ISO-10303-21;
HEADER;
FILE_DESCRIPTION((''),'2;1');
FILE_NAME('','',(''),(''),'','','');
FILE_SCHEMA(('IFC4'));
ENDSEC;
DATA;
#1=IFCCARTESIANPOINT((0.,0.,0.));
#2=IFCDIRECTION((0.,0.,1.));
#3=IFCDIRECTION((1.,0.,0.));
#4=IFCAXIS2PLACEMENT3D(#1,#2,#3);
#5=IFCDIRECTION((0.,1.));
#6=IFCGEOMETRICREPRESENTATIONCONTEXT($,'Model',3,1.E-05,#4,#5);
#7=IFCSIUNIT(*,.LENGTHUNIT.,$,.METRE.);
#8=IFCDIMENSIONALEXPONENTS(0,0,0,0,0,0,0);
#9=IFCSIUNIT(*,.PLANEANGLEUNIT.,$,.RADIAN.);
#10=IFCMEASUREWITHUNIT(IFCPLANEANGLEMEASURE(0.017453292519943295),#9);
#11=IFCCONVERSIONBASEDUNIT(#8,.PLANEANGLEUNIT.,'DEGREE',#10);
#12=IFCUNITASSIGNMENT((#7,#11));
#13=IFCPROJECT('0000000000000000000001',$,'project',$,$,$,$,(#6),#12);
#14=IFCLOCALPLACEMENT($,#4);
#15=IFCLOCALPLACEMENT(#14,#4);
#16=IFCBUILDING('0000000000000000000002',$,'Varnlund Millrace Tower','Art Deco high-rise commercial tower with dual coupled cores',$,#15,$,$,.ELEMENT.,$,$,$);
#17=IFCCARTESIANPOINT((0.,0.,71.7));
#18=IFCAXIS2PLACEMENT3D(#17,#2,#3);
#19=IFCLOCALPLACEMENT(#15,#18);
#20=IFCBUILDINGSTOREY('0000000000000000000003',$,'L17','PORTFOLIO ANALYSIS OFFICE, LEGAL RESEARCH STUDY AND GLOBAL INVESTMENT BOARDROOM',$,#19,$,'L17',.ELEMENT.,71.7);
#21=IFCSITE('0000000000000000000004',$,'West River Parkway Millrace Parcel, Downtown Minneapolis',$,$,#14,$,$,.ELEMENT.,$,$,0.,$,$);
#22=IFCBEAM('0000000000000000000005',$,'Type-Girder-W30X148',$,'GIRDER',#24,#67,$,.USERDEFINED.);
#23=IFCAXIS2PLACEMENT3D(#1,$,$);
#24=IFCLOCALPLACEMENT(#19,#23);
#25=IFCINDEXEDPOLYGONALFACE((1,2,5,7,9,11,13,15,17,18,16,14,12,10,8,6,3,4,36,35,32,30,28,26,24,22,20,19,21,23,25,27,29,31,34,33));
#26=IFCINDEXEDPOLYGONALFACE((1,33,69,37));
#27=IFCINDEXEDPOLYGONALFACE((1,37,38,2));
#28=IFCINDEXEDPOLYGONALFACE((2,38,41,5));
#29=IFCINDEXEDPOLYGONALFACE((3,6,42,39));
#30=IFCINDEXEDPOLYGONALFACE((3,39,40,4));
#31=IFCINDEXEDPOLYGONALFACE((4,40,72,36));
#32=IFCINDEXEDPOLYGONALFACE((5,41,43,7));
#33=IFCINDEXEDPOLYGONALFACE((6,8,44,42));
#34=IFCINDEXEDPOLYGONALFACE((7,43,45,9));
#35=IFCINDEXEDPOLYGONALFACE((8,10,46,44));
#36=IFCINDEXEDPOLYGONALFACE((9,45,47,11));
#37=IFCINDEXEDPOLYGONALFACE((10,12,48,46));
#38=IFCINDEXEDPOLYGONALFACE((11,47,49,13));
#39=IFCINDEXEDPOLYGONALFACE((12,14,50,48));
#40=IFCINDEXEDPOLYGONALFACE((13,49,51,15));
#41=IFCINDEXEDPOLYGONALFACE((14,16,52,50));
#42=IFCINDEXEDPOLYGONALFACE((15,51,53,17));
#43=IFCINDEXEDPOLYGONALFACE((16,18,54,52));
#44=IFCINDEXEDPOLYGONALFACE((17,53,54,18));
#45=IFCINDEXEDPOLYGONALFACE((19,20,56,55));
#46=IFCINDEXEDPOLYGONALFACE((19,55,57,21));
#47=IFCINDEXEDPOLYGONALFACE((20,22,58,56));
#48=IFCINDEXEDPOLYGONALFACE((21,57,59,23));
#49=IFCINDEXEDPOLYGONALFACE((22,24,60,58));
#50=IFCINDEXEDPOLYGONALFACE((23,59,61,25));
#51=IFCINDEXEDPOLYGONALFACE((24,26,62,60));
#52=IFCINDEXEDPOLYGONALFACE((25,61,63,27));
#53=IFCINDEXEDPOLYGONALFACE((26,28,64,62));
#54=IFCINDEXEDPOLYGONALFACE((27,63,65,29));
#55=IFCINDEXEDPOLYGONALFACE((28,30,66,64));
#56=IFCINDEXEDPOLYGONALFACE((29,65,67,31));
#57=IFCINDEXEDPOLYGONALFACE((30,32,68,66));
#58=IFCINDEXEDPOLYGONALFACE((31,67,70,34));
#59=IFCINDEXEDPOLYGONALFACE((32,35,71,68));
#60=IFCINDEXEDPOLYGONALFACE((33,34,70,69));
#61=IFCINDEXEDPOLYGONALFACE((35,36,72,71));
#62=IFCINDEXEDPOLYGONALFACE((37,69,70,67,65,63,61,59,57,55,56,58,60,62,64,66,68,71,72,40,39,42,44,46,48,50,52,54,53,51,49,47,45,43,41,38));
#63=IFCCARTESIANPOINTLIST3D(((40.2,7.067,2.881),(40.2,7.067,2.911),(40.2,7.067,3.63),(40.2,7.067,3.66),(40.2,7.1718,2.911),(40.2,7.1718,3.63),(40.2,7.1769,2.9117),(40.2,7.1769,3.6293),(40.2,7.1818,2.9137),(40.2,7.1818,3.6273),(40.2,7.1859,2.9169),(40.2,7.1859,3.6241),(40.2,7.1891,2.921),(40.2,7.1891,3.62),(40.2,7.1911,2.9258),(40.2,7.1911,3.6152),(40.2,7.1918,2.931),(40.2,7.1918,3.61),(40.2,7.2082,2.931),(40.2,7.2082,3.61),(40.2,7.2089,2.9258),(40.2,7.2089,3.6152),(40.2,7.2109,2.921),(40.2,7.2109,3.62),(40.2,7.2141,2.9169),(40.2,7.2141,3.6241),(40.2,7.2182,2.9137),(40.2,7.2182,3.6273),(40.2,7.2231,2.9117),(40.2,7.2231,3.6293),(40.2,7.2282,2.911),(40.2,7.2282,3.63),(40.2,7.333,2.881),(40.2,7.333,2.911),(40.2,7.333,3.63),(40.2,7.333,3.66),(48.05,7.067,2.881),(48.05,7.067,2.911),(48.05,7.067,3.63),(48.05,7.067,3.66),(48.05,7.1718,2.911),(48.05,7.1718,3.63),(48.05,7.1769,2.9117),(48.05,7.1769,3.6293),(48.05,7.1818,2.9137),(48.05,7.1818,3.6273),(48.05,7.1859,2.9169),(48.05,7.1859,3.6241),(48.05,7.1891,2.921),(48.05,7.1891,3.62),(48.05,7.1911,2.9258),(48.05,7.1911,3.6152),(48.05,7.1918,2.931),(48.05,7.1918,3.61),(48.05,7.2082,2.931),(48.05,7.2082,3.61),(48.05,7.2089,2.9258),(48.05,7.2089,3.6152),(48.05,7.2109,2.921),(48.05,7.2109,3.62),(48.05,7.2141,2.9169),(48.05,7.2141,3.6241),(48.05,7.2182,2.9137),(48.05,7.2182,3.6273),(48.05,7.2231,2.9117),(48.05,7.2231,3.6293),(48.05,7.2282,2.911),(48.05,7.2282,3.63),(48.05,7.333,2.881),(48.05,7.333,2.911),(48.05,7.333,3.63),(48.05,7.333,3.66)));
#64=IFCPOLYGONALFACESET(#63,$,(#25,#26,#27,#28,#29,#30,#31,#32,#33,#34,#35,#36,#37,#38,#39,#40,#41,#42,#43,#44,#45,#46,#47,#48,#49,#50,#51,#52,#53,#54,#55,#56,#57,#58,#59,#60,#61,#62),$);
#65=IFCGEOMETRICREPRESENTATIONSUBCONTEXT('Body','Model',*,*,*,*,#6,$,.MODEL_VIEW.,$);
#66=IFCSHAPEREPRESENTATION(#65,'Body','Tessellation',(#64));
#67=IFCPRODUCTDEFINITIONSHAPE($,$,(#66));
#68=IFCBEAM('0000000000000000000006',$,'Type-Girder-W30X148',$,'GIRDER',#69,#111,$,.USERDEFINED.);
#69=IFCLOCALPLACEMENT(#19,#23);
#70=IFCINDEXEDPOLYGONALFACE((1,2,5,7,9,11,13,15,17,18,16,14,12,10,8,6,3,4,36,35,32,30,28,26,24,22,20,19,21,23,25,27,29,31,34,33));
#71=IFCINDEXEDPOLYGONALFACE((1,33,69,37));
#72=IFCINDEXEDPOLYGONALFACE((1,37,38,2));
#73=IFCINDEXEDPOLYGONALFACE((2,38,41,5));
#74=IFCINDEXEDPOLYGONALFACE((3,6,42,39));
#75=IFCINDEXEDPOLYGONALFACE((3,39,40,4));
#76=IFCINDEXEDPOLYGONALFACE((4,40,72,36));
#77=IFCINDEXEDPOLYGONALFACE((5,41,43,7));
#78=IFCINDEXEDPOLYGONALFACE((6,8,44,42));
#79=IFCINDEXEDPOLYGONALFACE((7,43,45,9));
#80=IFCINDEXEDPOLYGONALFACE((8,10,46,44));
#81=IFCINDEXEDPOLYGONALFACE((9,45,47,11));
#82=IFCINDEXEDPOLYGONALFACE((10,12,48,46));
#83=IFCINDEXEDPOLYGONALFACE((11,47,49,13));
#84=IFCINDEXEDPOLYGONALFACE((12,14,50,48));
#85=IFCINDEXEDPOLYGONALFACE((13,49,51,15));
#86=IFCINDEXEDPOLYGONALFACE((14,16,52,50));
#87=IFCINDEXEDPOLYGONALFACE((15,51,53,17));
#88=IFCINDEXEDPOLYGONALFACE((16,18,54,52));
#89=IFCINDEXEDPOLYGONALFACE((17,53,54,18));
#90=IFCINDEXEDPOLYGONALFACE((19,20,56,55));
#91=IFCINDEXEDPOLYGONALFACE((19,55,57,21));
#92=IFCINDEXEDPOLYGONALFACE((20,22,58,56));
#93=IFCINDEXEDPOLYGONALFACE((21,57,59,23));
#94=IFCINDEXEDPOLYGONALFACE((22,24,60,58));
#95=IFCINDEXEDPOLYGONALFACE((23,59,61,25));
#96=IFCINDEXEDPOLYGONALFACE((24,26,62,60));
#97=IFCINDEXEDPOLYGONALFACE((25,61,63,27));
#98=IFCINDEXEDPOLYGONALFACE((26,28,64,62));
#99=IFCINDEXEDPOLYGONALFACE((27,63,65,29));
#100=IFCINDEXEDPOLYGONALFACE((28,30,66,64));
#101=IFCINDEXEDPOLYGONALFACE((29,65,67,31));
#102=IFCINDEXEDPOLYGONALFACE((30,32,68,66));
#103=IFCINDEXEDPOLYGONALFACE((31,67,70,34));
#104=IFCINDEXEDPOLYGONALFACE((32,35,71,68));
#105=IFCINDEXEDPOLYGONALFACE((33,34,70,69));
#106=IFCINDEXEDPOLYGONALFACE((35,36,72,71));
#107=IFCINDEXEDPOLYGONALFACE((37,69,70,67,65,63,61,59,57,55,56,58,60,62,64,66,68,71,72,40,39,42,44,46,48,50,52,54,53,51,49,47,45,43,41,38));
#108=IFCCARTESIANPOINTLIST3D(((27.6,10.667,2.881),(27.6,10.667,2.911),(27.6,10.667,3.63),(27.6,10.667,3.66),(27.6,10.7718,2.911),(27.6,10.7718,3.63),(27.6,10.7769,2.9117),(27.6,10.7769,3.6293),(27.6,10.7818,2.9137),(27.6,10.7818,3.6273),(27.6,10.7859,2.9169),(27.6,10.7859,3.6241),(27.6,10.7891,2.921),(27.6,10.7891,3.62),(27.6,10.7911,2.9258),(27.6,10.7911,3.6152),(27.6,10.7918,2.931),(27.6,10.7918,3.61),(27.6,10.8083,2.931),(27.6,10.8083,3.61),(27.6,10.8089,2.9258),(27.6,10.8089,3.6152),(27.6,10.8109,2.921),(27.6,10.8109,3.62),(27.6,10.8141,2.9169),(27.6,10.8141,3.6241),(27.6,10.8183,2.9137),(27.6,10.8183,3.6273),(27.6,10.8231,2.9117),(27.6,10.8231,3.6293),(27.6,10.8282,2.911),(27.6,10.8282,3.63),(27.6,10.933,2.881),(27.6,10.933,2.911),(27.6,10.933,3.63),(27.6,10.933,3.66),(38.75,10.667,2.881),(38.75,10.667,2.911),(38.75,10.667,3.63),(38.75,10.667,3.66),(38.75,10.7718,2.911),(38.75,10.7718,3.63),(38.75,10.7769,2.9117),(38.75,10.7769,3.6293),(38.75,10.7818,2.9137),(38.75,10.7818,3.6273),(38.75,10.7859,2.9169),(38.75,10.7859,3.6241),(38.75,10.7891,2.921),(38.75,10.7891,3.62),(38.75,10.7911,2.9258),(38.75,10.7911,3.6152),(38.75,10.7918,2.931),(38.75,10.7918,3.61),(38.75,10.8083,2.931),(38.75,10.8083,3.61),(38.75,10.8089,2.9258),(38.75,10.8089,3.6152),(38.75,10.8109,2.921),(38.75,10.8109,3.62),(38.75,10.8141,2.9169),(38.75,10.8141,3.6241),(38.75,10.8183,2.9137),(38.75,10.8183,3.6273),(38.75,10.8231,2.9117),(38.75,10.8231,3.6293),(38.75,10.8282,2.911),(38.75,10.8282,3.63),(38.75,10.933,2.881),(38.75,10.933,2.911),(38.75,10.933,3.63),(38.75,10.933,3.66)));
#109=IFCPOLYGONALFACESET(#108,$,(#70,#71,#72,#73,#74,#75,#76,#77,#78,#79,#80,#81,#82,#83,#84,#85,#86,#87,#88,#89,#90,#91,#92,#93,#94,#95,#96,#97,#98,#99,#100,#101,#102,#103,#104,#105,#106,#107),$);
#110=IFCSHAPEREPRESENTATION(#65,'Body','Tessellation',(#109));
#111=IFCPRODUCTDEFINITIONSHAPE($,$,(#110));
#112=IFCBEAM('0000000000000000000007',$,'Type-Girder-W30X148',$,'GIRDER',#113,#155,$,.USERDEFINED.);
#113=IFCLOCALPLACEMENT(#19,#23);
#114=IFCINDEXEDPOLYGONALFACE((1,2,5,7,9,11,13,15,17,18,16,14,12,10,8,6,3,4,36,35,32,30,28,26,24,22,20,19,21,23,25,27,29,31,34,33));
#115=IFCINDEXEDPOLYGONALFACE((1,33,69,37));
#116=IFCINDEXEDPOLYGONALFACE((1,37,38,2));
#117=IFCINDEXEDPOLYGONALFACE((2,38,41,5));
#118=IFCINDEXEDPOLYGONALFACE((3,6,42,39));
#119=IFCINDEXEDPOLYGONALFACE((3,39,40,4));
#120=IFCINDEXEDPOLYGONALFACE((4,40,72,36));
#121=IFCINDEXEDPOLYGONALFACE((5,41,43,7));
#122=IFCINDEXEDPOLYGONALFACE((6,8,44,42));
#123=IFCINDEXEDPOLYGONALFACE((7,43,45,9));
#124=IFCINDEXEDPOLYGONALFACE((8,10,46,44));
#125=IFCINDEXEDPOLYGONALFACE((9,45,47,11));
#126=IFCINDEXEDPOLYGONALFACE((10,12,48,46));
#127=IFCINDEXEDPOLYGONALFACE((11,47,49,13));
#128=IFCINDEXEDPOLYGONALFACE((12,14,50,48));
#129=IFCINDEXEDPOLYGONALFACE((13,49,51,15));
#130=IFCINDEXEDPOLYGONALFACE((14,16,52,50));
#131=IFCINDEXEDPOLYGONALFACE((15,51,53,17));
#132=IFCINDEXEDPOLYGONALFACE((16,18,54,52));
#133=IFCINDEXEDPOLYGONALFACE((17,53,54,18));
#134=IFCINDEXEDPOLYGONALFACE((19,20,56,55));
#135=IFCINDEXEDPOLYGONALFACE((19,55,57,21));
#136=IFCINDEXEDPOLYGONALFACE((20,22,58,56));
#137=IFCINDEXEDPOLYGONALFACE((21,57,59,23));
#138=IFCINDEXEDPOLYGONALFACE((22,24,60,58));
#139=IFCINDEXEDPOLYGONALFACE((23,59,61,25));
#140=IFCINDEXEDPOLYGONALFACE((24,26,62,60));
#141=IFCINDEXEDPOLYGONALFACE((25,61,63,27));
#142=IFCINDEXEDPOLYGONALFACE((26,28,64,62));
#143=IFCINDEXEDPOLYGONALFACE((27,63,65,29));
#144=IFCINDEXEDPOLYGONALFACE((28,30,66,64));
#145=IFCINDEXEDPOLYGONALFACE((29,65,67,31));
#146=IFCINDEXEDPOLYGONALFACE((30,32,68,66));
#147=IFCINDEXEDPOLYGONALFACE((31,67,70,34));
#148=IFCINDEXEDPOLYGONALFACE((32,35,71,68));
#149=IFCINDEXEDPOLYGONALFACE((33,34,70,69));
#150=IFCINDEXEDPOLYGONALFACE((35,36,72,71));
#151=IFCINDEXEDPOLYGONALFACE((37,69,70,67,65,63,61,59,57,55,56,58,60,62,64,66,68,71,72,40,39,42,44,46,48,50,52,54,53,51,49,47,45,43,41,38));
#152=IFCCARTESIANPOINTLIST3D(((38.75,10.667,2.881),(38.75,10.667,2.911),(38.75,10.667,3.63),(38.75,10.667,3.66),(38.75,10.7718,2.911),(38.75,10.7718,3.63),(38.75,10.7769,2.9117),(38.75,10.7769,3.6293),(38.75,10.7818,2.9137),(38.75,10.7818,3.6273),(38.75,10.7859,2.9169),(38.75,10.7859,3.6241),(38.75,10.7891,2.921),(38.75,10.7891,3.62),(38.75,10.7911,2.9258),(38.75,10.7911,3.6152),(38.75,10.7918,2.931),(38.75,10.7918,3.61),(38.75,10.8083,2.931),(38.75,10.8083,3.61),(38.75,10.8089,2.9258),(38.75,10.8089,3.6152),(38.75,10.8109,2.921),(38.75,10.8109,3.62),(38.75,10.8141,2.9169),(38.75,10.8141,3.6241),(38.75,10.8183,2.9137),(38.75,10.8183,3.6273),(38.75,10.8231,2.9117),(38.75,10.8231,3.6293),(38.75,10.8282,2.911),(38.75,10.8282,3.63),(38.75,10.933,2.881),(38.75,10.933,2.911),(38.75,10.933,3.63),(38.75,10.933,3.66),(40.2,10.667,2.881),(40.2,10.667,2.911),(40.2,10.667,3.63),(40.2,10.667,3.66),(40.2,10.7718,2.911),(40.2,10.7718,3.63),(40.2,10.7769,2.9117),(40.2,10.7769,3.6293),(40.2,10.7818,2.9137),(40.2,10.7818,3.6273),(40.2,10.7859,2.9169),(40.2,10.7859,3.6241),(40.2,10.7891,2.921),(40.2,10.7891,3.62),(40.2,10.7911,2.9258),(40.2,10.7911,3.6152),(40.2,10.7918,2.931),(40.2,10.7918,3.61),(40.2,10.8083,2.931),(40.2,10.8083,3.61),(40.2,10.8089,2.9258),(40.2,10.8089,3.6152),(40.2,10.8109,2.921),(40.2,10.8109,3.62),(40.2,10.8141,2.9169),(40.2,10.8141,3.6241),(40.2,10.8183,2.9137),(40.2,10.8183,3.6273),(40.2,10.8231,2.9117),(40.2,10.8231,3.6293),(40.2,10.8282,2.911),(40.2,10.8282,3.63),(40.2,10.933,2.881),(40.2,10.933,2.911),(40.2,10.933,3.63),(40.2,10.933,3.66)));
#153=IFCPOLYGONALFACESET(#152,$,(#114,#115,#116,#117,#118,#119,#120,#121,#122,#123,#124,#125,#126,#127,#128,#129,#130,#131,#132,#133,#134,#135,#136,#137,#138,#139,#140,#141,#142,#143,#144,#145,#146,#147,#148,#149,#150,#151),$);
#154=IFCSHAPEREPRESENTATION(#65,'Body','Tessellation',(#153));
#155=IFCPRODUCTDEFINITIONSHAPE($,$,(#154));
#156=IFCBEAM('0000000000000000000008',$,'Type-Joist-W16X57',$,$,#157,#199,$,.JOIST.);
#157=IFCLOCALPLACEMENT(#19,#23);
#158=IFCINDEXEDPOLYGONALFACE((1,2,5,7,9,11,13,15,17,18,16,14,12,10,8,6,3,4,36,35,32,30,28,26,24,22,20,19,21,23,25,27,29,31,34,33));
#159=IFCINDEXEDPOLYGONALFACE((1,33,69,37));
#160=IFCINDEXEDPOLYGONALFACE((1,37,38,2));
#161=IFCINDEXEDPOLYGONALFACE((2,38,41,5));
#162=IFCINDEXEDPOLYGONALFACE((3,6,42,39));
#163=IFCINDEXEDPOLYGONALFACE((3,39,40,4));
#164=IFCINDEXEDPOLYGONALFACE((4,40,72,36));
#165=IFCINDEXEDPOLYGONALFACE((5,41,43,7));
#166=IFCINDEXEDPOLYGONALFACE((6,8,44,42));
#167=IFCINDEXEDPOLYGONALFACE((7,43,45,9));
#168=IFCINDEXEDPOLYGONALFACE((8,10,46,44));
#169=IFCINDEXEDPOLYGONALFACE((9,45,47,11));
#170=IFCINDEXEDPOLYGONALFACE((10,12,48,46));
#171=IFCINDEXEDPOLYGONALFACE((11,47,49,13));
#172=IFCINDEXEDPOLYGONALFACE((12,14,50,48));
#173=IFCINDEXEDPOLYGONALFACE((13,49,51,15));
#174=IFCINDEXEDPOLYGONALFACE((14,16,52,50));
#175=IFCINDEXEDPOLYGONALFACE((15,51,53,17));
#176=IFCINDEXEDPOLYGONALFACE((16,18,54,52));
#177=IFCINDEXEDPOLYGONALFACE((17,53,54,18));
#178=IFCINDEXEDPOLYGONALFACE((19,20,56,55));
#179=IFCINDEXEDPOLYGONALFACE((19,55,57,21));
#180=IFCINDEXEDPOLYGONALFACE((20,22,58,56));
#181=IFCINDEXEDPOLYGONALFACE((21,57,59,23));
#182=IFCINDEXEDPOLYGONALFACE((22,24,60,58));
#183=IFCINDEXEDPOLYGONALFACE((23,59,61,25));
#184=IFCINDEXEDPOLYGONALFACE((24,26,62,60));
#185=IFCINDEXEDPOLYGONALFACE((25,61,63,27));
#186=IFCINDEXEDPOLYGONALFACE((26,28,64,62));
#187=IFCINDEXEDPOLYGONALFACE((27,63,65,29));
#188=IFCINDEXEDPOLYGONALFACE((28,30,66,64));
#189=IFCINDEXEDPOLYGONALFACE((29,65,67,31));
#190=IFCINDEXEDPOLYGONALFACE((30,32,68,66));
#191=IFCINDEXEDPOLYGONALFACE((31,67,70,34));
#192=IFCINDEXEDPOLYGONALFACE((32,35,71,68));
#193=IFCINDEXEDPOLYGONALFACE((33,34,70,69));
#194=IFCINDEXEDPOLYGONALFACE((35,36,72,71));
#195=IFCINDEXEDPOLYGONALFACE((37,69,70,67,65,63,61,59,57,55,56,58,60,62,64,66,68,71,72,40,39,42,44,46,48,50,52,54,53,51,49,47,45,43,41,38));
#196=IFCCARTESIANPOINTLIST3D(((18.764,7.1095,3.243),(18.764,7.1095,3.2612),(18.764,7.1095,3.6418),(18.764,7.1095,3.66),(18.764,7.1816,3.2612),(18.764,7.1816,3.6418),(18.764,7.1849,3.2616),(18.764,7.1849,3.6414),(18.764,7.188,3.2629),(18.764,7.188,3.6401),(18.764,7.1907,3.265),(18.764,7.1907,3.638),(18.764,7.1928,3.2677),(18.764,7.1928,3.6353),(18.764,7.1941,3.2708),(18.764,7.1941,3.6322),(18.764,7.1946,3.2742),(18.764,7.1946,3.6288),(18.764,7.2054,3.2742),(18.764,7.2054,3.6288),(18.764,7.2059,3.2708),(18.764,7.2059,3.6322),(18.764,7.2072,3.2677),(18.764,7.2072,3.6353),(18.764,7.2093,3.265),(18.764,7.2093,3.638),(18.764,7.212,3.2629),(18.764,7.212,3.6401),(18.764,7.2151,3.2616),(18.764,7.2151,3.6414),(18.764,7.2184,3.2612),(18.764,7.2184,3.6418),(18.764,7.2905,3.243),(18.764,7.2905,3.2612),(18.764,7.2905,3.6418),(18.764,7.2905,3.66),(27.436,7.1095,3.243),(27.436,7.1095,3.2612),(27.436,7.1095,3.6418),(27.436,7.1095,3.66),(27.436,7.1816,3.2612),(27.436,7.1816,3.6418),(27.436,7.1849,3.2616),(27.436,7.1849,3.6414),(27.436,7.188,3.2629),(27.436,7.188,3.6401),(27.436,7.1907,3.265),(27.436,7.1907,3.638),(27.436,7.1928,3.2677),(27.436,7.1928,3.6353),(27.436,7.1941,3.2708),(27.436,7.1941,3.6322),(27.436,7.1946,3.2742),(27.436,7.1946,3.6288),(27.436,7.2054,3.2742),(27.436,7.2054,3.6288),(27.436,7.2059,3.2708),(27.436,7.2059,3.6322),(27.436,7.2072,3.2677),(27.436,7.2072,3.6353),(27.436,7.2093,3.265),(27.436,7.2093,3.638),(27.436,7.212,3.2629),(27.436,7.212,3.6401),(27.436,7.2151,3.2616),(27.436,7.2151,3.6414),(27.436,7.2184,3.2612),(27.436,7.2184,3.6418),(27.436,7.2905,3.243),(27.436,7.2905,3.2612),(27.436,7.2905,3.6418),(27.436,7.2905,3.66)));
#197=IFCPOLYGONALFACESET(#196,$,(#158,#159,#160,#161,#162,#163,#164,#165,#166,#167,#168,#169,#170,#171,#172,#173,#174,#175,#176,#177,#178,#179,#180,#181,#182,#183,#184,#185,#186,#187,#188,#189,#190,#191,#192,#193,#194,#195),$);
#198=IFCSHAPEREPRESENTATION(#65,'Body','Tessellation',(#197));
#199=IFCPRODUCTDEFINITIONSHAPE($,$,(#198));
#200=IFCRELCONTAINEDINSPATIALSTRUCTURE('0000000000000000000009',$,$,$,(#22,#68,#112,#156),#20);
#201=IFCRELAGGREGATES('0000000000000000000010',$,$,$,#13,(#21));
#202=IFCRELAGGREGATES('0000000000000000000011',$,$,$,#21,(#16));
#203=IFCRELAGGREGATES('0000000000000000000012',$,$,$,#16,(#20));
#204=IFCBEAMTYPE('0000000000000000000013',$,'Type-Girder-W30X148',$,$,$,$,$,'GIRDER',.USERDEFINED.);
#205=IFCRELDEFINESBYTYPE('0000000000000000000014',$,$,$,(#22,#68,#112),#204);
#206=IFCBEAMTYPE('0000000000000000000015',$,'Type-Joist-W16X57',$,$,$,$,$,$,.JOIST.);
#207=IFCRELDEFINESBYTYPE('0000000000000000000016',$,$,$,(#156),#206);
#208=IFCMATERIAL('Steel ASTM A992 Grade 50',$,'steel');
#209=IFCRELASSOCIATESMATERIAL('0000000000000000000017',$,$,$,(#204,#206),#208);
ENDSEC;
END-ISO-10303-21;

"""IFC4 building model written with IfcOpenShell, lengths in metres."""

from ifc_helpers import new_model, entity, si_unit, converted_unit, direction, frame, origin_with_axes, origin_2d_with_axis, place, context, subcontext, project, spatial, i_section, extrude, material, material_profile, profile_set, type_object, element, save


model = new_model("IFC4")

# Units and contexts
model_context = context("Model", 3, precision=1e-05, world=origin_with_axes(), true_north=direction((0.0, 1.0)))
body_context = subcontext(model_context, "Body", "Model", "MODEL_VIEW")
ifc_project = project(units=[si_unit("LENGTHUNIT", "METRE"), converted_unit("PLANEANGLEUNIT", "DEGREE", entity("IfcPlaneAngleMeasure", 0.017453292519943295), si_unit("PLANEANGLEUNIT", "RADIAN"), dimensions=[0, 0, 0, 0, 0, 0, 0])], contexts=[model_context])

# Site, building, storey
site_placement = place(None, origin_with_axes())
site = spatial("IfcSite", under=ifc_project, at=site_placement, Name="West River Parkway Millrace Parcel, Downtown Minneapolis", CompositionType="ELEMENT", RefElevation=0.0)
building_placement = place(site_placement, origin_with_axes())
building = spatial("IfcBuilding", under=site, at=building_placement, Name="Varnlund Millrace Tower", Description="Art Deco high-rise commercial tower with dual coupled cores", CompositionType="ELEMENT")
storey_placement = place(building_placement, frame((0.0, 0.0, 71.7), z_axis=(0.0, 0.0, 1.0), x_axis=(1.0, 0.0, 0.0)))
storey = spatial("IfcBuildingStorey", under=building, at=storey_placement, Name="L17", Description="PORTFOLIO ANALYSIS OFFICE, LEGAL RESEARCH STUDY AND GLOBAL INVESTMENT BOARDROOM", LongName="L17", CompositionType="ELEMENT", Elevation=71.7)

# Beams
ifc_material_1 = material(Name="Steel ASTM A992 Grade 50", Category="steel")
ifc_material_profile_1 = material_profile(ifc_material_1, i_section(OverallWidth=0.266, OverallDepth=0.779, WebThickness=0.0165, FlangeThickness=0.03, FilletRadius=0.02, at=origin_2d_with_axis()), Name="Steel ASTM A992 Grade 50")
ifc_profile_set_1 = profile_set([ifc_material_profile_1], Name="Steel ASTM A992 Grade 50")
beam_type_1 = type_object("IfcBeamType", Name="Type-Girder-W30X148", ElementType="GIRDER", PredefinedType="USERDEFINED", material=ifc_profile_set_1)
beam_1_placement = place(storey_placement, frame((40.2, 7.2, 3.2705), z_axis=(1.0, 0.0, 0.0), x_axis=(0.0, 1.0, 0.0)))
element("IfcBeam", 1, at=beam_1_placement, inside=storey, type_object=beam_type_1, Name="Type-Girder-W30X148", ObjectType="GIRDER", PredefinedType="USERDEFINED", context=body_context, shape_type="SweptSolid", body=[
    extrude(i_section(OverallWidth=0.266, OverallDepth=0.779, WebThickness=0.0165, FlangeThickness=0.03, FilletRadius=0.02, at=origin_2d_with_axis()), origin_with_axes(), (0.0, 0.0, 1.0), 7.85),
])
beam_2_placement = place(storey_placement, frame((27.6, 10.8, 3.2705), z_axis=(1.0, 0.0, 0.0), x_axis=(0.0, 1.0, 0.0)))
element("IfcBeam", 2, at=beam_2_placement, inside=storey, type_object=beam_type_1, Name="Type-Girder-W30X148", ObjectType="GIRDER", PredefinedType="USERDEFINED", context=body_context, shape_type="SweptSolid", body=[
    extrude(i_section(OverallWidth=0.266, OverallDepth=0.779, WebThickness=0.0165, FlangeThickness=0.03, FilletRadius=0.02, at=origin_2d_with_axis()), origin_with_axes(), (0.0, 0.0, 1.0), 11.15),
])
beam_3_placement = place(storey_placement, frame((38.75, 10.8, 3.2705), z_axis=(1.0, 0.0, 0.0), x_axis=(0.0, 1.0, 0.0)))
element("IfcBeam", 3, at=beam_3_placement, inside=storey, type_object=beam_type_1, Name="Type-Girder-W30X148", ObjectType="GIRDER", PredefinedType="USERDEFINED", context=body_context, shape_type="SweptSolid", body=[
    extrude(i_section(OverallWidth=0.266, OverallDepth=0.779, WebThickness=0.0165, FlangeThickness=0.03, FilletRadius=0.02, at=origin_2d_with_axis()), origin_with_axes(), (0.0, 0.0, 1.0), 1.45),
])
ifc_material_profile_2 = material_profile(ifc_material_1, i_section(OverallWidth=0.181, OverallDepth=0.417, WebThickness=0.0109, FlangeThickness=0.0182, FilletRadius=0.013, at=origin_2d_with_axis()), Name="Steel ASTM A992 Grade 50")
ifc_profile_set_2 = profile_set([ifc_material_profile_2], Name="Steel ASTM A992 Grade 50")
beam_type_2 = type_object("IfcBeamType", Name="Type-Joist-W16X57", PredefinedType="JOIST", material=ifc_profile_set_2)
for number, where, z_axis, x_axis, name in (
    (4, (18.764, 7.2, 3.4515), (1.0, 0.0, 0.0), (0.0, 1.0, 0.0), "Type-Joist-W16X57"),
):
    element("IfcBeam", number, at=place(storey_placement, frame(where, z_axis=z_axis, x_axis=x_axis)), inside=storey, type_object=beam_type_2, Name=name, PredefinedType="JOIST", context=body_context, shape_type="SweptSolid", body=[
        extrude(i_section(OverallWidth=0.181, OverallDepth=0.417, WebThickness=0.0109, FlangeThickness=0.0182, FilletRadius=0.013, at=origin_2d_with_axis()), origin_with_axes(), (0.0, 0.0, 1.0), 8.672),
    ])

save(model, "model.ifc")
